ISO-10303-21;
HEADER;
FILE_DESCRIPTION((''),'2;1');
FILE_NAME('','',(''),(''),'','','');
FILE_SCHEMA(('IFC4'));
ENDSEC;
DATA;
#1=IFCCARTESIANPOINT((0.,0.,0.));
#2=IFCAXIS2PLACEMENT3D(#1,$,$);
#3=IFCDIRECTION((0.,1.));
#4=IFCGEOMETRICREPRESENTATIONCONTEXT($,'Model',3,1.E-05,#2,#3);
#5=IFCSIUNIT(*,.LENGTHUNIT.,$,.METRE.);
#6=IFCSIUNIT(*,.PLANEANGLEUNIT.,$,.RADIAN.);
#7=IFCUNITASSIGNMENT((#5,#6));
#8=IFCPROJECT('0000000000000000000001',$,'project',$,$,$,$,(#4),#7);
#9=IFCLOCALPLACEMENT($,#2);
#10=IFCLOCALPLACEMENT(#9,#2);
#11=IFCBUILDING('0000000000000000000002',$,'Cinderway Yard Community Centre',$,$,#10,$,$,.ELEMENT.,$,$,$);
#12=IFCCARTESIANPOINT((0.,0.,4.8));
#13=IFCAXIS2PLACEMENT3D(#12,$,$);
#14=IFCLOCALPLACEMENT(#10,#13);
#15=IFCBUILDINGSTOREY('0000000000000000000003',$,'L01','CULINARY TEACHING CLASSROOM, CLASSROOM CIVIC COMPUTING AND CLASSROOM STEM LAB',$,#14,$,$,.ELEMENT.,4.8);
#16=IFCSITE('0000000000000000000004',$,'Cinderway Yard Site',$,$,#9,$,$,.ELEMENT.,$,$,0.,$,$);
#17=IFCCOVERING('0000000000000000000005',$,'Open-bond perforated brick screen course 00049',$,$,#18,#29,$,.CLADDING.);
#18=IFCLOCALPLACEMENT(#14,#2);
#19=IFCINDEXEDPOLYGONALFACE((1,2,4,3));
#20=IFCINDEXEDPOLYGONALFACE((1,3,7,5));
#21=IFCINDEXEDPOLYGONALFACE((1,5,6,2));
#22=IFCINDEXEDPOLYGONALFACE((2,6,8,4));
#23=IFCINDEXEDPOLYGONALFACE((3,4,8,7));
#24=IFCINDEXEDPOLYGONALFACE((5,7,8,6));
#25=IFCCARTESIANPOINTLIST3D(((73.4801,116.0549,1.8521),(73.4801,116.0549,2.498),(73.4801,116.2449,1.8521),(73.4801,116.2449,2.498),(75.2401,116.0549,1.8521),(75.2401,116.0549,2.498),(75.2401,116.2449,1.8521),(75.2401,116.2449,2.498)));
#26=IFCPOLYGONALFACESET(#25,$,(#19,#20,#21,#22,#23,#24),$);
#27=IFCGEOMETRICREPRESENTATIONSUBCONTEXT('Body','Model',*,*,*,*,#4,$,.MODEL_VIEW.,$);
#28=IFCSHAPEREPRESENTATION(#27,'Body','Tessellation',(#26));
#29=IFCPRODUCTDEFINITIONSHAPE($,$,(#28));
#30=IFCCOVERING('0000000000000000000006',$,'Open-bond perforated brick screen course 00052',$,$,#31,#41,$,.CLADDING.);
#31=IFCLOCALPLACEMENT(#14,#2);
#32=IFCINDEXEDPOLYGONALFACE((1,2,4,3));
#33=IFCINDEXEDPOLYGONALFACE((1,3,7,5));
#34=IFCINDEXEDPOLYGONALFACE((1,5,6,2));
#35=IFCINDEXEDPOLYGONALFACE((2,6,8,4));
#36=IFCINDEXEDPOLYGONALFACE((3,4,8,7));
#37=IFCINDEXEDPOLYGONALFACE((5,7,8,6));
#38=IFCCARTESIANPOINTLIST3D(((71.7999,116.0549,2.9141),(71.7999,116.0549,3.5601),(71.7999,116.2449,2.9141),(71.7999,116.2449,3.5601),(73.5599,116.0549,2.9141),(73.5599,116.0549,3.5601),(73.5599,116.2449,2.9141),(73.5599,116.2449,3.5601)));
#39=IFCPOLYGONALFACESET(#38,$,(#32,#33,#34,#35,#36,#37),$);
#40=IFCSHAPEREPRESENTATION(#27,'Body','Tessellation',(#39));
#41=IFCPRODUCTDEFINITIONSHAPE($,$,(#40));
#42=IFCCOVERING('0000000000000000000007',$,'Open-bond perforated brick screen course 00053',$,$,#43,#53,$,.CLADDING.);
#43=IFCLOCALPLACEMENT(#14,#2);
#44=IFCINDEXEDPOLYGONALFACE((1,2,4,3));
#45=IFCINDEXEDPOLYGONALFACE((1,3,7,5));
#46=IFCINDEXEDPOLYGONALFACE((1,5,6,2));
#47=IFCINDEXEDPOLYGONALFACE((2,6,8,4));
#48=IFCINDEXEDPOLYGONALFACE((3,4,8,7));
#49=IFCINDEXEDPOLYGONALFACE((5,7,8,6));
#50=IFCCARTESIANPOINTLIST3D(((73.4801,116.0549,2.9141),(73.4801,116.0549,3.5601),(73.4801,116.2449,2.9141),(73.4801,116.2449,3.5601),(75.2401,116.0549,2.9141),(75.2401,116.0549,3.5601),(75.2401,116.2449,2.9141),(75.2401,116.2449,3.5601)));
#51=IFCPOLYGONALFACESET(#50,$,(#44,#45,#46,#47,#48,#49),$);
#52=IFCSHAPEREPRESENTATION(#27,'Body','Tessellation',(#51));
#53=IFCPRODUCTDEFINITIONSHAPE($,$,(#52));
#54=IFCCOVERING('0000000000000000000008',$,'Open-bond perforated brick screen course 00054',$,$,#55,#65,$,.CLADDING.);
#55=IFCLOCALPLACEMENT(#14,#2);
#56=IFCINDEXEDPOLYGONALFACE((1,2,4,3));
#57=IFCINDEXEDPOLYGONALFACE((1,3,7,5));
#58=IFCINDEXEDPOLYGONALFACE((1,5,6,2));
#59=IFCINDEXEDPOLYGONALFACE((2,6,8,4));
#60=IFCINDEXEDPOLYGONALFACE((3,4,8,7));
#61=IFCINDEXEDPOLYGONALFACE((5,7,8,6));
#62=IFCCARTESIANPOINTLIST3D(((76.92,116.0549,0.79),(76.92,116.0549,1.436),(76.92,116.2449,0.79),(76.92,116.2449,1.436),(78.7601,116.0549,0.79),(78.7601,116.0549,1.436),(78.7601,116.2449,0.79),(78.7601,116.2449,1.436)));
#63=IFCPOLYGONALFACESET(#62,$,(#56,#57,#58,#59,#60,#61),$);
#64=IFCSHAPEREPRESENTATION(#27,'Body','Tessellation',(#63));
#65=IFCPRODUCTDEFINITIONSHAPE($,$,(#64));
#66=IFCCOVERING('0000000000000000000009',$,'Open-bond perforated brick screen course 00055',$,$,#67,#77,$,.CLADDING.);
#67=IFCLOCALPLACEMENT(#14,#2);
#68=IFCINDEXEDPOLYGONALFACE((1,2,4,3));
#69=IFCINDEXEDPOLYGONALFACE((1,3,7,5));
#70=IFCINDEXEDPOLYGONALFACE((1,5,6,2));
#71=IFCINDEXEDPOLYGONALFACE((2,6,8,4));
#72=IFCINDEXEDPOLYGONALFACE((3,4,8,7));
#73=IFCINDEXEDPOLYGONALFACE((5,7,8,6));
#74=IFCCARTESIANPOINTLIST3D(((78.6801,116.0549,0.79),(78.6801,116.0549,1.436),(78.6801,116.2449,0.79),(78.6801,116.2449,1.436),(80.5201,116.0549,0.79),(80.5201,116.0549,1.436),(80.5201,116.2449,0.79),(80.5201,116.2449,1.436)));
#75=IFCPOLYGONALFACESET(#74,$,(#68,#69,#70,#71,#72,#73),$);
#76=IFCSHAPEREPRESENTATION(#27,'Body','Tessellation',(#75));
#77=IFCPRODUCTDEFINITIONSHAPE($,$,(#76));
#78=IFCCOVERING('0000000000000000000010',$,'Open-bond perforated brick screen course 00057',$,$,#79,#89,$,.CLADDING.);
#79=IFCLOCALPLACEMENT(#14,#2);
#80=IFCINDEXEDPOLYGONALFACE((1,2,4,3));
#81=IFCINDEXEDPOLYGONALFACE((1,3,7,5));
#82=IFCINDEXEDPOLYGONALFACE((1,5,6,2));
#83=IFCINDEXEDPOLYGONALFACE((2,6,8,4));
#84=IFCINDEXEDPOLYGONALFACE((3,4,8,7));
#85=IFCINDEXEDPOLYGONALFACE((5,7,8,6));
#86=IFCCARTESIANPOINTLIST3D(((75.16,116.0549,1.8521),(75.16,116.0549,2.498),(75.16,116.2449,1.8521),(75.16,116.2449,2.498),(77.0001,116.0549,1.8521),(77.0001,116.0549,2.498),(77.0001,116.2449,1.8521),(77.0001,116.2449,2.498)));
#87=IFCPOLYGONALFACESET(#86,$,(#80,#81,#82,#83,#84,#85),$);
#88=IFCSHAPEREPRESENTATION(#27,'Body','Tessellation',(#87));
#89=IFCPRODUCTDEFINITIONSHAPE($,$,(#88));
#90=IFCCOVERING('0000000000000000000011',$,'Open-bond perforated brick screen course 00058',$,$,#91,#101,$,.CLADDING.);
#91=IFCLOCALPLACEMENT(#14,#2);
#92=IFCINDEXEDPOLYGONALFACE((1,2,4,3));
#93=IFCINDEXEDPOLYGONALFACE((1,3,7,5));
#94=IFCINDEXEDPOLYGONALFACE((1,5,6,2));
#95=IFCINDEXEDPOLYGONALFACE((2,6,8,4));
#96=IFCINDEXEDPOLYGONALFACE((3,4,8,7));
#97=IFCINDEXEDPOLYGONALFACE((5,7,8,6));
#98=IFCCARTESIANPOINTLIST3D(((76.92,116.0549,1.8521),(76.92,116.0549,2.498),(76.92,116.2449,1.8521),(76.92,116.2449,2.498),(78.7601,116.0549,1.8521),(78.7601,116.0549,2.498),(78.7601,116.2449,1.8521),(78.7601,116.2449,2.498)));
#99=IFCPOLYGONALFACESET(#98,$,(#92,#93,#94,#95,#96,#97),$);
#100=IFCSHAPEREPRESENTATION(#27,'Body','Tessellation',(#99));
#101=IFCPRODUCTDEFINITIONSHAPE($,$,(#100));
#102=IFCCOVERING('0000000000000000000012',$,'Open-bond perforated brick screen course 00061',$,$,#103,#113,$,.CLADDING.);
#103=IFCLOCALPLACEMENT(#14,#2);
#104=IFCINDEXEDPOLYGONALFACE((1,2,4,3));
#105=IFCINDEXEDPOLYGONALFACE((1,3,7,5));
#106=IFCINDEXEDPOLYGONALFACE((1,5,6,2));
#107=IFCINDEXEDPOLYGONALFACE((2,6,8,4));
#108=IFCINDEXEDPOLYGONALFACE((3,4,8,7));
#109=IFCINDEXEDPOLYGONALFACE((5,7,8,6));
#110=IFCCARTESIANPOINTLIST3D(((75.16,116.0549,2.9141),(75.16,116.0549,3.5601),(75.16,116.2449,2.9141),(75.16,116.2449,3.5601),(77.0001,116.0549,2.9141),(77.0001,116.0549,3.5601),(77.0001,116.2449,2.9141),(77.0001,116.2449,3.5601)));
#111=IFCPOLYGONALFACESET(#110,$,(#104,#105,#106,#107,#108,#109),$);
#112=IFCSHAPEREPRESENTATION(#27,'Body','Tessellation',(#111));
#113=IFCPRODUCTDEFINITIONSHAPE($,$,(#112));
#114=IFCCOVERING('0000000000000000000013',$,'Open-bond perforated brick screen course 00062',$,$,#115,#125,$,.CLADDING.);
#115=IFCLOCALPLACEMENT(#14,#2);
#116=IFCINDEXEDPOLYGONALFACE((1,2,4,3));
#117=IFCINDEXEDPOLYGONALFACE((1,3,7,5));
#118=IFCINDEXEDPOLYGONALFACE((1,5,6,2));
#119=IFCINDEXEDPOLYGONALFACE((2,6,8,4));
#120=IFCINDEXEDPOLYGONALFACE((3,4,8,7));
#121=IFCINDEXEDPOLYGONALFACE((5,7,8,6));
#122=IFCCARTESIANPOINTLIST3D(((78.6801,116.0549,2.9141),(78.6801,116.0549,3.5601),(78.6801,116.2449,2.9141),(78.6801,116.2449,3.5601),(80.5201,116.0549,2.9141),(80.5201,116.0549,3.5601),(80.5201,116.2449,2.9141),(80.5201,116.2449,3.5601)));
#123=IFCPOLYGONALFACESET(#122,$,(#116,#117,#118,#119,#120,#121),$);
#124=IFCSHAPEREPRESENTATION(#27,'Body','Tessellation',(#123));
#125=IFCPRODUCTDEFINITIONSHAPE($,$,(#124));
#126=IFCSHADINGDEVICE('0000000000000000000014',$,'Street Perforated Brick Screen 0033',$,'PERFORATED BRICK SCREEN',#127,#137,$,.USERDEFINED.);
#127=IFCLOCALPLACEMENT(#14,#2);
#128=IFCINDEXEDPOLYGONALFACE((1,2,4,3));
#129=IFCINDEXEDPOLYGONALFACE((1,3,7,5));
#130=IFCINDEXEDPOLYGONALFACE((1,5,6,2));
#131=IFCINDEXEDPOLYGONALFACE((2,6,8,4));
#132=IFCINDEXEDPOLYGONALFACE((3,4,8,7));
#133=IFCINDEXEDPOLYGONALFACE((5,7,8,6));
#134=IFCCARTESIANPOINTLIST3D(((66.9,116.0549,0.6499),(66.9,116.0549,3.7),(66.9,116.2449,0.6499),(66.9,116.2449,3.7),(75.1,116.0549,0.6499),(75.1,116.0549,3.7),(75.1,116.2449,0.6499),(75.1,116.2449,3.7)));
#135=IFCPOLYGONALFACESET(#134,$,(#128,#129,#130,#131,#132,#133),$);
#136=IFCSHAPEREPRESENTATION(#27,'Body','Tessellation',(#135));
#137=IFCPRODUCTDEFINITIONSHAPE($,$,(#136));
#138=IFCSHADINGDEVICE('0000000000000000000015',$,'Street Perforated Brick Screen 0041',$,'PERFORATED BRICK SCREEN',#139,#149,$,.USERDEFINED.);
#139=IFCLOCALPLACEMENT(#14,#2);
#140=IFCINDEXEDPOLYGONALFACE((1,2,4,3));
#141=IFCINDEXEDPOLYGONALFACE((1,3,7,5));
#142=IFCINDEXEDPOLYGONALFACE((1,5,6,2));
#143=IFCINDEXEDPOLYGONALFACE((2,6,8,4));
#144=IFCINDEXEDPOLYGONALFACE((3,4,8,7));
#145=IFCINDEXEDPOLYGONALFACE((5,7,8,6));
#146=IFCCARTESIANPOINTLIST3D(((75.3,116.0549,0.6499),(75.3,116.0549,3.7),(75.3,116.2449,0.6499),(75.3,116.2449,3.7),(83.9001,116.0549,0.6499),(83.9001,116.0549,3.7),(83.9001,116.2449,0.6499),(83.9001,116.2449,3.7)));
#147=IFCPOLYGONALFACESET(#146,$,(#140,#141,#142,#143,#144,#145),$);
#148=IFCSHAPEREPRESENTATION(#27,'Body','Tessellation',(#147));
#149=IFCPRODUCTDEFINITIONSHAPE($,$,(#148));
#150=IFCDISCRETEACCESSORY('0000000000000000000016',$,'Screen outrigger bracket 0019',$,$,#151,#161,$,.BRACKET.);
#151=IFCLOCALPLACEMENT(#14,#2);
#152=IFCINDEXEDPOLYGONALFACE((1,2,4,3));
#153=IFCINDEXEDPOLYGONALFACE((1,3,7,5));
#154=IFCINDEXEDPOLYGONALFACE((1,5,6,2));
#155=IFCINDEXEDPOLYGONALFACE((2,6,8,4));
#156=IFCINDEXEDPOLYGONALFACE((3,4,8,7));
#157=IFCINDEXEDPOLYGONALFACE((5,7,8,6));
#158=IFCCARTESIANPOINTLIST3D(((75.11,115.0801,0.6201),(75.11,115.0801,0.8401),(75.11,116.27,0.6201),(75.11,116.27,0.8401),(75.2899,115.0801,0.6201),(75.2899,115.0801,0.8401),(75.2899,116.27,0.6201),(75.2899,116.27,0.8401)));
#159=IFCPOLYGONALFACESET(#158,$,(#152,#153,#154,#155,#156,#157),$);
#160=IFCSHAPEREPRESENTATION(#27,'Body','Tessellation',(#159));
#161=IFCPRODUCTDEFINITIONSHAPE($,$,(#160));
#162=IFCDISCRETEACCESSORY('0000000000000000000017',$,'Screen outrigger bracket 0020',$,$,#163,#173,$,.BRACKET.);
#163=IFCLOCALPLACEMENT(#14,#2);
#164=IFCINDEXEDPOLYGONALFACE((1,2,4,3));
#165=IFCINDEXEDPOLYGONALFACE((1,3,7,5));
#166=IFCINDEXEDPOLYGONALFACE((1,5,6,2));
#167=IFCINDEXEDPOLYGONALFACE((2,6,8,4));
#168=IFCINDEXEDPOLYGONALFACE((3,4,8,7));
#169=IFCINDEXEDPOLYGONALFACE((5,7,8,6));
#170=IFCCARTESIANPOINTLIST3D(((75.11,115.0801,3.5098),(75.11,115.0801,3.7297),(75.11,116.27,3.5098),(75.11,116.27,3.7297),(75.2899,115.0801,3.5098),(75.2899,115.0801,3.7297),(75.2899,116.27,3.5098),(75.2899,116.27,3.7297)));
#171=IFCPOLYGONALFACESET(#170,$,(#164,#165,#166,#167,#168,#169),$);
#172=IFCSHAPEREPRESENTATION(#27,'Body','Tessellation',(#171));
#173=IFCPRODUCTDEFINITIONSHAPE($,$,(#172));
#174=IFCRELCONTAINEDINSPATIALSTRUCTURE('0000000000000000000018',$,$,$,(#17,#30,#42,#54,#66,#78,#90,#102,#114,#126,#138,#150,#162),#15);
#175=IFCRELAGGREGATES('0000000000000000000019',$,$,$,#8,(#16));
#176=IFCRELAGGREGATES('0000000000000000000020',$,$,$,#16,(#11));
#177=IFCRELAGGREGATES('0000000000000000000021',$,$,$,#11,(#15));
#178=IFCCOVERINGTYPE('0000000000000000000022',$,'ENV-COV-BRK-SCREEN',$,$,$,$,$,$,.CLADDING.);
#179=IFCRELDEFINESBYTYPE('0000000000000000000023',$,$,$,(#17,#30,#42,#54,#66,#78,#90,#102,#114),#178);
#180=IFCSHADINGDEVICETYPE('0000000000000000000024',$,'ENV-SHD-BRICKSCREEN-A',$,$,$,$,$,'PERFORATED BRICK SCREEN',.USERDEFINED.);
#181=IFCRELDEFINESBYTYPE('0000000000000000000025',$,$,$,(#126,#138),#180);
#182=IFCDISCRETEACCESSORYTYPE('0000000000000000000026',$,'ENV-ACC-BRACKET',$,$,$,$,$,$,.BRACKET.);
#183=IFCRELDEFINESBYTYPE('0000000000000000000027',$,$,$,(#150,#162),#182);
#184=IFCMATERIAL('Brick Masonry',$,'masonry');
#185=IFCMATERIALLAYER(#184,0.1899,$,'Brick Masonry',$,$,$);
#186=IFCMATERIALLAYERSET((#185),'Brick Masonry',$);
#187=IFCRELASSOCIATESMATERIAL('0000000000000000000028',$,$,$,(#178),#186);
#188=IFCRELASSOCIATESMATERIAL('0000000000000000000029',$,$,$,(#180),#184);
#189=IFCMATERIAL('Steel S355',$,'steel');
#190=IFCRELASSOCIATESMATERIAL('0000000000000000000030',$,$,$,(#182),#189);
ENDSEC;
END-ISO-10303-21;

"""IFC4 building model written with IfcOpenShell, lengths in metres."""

from ifc_helpers import new_model, si_unit, direction, frame, origin, origin_2d, place, context, subcontext, project, spatial, rectangle, extrude, material, layer, layer_set, type_object, element, save


model = new_model("IFC4")

# Units and contexts
model_context = context("Model", 3, precision=1e-05, world=origin(), true_north=direction((0.0, 1.0)))
body_context = subcontext(model_context, "Body", "Model", "MODEL_VIEW")
ifc_project = project(units=[si_unit("LENGTHUNIT", "METRE"), si_unit("PLANEANGLEUNIT", "RADIAN")], contexts=[model_context])

# Site, building, storey
site_placement = place(None, origin())
site = spatial("IfcSite", under=ifc_project, at=site_placement, Name="Cinderway Yard Site", CompositionType="ELEMENT", RefElevation=0.0)
building_placement = place(site_placement, origin())
building = spatial("IfcBuilding", under=site, at=building_placement, Name="Cinderway Yard Community Centre", CompositionType="ELEMENT")
storey_placement = place(building_placement, frame((0.0, 0.0, 4.8)))
storey = spatial("IfcBuildingStorey", under=building, at=storey_placement, Name="L01", Description="CULINARY TEACHING CLASSROOM, CLASSROOM CIVIC COMPUTING AND CLASSROOM STEM LAB", CompositionType="ELEMENT", Elevation=4.8)

# Shared definitions
ifc_material_1 = material(Name="Steel S355", Category="steel")

# Shared definitions
ifc_material_2 = material(Name="Brick Masonry", Category="masonry")

# Coverings
ifc_layer_1 = layer(ifc_material_2, 0.1899, Name="Brick Masonry")
ifc_layer_set_1 = layer_set([ifc_layer_1], Name="Brick Masonry")
covering_type = type_object("IfcCoveringType", Name="ENV-COV-BRK-SCREEN", PredefinedType="CLADDING", material=ifc_layer_set_1)
for number, where, z_axis, x_axis, name in (
    (1, (74.3601, 116.1499, 1.8521), (0.0, 0.0, 1.0), (1.0, 0.0, 0.0), "Open-bond perforated brick screen course 00049"),
    (2, (72.6799, 116.1499, 2.9141), (0.0, 0.0, 1.0), (1.0, 0.0, 0.0), "Open-bond perforated brick screen course 00052"),
    (3, (74.3601, 116.1499, 2.9141), (0.0, 0.0, 1.0), (1.0, 0.0, 0.0), "Open-bond perforated brick screen course 00053"),
):
    element("IfcCovering", number, at=place(storey_placement, frame(where, z_axis=z_axis, x_axis=x_axis)), inside=storey, type_object=covering_type, Name=name, PredefinedType="CLADDING", context=body_context, shape_type="SweptSolid", body=[
        extrude(rectangle(XDim=1.76, YDim=0.1899, at=origin_2d()), origin(), (0.0, 0.0, 1.0), 0.646),
    ])
for number, where, z_axis, x_axis, name in (
    (4, (77.8401, 116.1499, 0.79), (0.0, 0.0, 1.0), (1.0, 0.0, 0.0), "Open-bond perforated brick screen course 00054"),
    (5, (79.6001, 116.1499, 0.79), (0.0, 0.0, 1.0), (1.0, 0.0, 0.0), "Open-bond perforated brick screen course 00055"),
    (6, (76.0801, 116.1499, 1.8521), (0.0, 0.0, 1.0), (1.0, 0.0, 0.0), "Open-bond perforated brick screen course 00057"),
    (7, (77.8401, 116.1499, 1.8521), (0.0, 0.0, 1.0), (1.0, 0.0, 0.0), "Open-bond perforated brick screen course 00058"),
    (8, (76.0801, 116.1499, 2.9141), (0.0, 0.0, 1.0), (1.0, 0.0, 0.0), "Open-bond perforated brick screen course 00061"),
    (9, (79.6001, 116.1499, 2.9141), (0.0, 0.0, 1.0), (1.0, 0.0, 0.0), "Open-bond perforated brick screen course 00062"),
):
    element("IfcCovering", number, at=place(storey_placement, frame(where, z_axis=z_axis, x_axis=x_axis)), inside=storey, type_object=covering_type, Name=name, PredefinedType="CLADDING", context=body_context, shape_type="SweptSolid", body=[
        extrude(rectangle(XDim=1.8401, YDim=0.1899, at=origin_2d()), origin(), (0.0, 0.0, 1.0), 0.646),
    ])

# Shading devices
shading_device_type = type_object("IfcShadingDeviceType", Name="ENV-SHD-BRICKSCREEN-A", ElementType="PERFORATED BRICK SCREEN", PredefinedType="USERDEFINED", material=ifc_material_2)
shading_device_1_placement = place(storey_placement, frame((71.0, 116.1499, 0.6499), z_axis=(0.0, 0.0, 1.0), x_axis=(1.0, 0.0, 0.0)))
element("IfcShadingDevice", 10, at=shading_device_1_placement, inside=storey, type_object=shading_device_type, Name="Street Perforated Brick Screen 0033", ObjectType="PERFORATED BRICK SCREEN", PredefinedType="USERDEFINED", context=body_context, shape_type="SweptSolid", body=[
    extrude(rectangle(XDim=8.2, YDim=0.1899, at=origin_2d()), origin(), (0.0, 0.0, 1.0), 3.05),
])
shading_device_2_placement = place(storey_placement, frame((79.6001, 116.1499, 0.6499), z_axis=(0.0, 0.0, 1.0), x_axis=(1.0, 0.0, 0.0)))
element("IfcShadingDevice", 11, at=shading_device_2_placement, inside=storey, type_object=shading_device_type, Name="Street Perforated Brick Screen 0041", ObjectType="PERFORATED BRICK SCREEN", PredefinedType="USERDEFINED", context=body_context, shape_type="SweptSolid", body=[
    extrude(rectangle(XDim=8.6001, YDim=0.1899, at=origin_2d()), origin(), (0.0, 0.0, 1.0), 3.05),
])

# Discrete accessories
discrete_accessory_type = type_object("IfcDiscreteAccessoryType", Name="ENV-ACC-BRACKET", PredefinedType="BRACKET", material=ifc_material_1)
for number, where, z_axis, x_axis, name in (
    (12, (75.2, 115.675, 0.6201), (0.0, 0.0, 1.0), (0.0, 1.0, 0.0), "Screen outrigger bracket 0019"),
    (13, (75.2, 115.675, 3.5098), (0.0, 0.0, 1.0), (0.0, 1.0, 0.0), "Screen outrigger bracket 0020"),
):
    element("IfcDiscreteAccessory", number, at=place(storey_placement, frame(where, z_axis=z_axis, x_axis=x_axis)), inside=storey, type_object=discrete_accessory_type, Name=name, PredefinedType="BRACKET", context=body_context, shape_type="SweptSolid", body=[
        extrude(rectangle(XDim=1.1899, YDim=0.1799, at=origin_2d()), origin(), (0.0, 0.0, 1.0), 0.22),
    ])

save(model, "model.ifc")
